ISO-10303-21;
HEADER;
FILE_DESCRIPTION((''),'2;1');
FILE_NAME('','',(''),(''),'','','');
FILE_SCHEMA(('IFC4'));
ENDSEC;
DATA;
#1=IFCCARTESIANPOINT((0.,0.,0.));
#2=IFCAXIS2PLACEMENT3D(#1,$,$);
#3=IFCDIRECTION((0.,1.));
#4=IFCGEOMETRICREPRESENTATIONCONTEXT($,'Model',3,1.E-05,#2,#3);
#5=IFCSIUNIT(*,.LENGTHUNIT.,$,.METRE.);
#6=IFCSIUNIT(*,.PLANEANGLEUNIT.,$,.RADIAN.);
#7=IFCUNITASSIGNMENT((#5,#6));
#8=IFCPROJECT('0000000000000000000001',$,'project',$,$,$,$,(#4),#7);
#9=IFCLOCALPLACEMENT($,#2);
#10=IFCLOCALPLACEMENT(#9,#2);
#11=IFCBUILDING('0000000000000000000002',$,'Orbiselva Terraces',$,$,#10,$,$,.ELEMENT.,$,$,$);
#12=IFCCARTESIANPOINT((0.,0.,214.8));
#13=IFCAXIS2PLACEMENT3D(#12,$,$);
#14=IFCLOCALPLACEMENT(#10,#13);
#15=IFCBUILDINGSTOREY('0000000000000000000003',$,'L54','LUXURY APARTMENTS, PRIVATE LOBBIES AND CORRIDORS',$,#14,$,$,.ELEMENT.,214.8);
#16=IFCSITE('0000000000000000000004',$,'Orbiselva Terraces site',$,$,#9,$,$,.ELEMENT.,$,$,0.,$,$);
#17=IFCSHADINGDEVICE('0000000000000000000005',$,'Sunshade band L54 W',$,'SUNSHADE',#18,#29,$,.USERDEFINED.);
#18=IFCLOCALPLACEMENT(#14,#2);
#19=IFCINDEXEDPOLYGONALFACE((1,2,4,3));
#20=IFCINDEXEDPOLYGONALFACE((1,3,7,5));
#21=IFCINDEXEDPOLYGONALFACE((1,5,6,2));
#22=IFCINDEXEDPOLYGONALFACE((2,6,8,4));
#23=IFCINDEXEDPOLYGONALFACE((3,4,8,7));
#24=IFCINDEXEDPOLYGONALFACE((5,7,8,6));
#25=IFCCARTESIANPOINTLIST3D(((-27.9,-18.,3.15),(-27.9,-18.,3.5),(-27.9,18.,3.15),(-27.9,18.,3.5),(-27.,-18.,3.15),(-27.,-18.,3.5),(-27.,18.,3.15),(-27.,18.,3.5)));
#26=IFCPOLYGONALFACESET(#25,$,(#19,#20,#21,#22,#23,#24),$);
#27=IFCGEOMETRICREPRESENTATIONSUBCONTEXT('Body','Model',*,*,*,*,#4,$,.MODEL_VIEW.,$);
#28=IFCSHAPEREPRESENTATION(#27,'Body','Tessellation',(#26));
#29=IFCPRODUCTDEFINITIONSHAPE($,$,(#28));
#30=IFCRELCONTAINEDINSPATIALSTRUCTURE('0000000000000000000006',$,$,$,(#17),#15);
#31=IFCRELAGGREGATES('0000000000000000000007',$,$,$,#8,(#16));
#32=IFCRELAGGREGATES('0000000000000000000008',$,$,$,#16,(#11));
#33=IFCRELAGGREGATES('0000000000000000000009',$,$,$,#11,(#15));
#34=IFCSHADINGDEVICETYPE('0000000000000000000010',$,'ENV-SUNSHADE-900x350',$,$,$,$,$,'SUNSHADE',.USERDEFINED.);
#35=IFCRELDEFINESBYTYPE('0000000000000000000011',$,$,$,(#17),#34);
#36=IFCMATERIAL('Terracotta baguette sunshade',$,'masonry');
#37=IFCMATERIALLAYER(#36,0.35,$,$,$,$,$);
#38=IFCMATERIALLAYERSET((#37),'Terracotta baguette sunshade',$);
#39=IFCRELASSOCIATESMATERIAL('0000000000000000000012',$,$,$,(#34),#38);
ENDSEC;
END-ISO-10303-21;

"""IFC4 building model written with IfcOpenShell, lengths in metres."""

from ifc_helpers import new_model, si_unit, direction, frame, origin, place, context, subcontext, project, spatial, polyline, outline, extrude, material, layer, layer_set, type_object, element, save


model = new_model("IFC4")

# Units and contexts
model_context = context("Model", 3, precision=1e-05, world=origin(), true_north=direction((0.0, 1.0)))
body_context = subcontext(model_context, "Body", "Model", "MODEL_VIEW")
ifc_project = project(units=[si_unit("LENGTHUNIT", "METRE"), si_unit("PLANEANGLEUNIT", "RADIAN")], contexts=[model_context])

# Site, building, storey
site_placement = place(None, origin())
site = spatial("IfcSite", under=ifc_project, at=site_placement, Name="Orbiselva Terraces site", CompositionType="ELEMENT", RefElevation=0.0)
building_placement = place(site_placement, origin())
building = spatial("IfcBuilding", under=site, at=building_placement, Name="Orbiselva Terraces", CompositionType="ELEMENT")
storey_placement = place(building_placement, frame((0.0, 0.0, 214.8)))
storey = spatial("IfcBuildingStorey", under=building, at=storey_placement, Name="L54", Description="LUXURY APARTMENTS, PRIVATE LOBBIES AND CORRIDORS", CompositionType="ELEMENT", Elevation=214.8)

# Shading device
ifc_material_1 = material(Name="Terracotta baguette sunshade", Category="masonry")
ifc_layer_1 = layer(ifc_material_1, 0.35)
ifc_layer_set_1 = layer_set([ifc_layer_1], Name="Terracotta baguette sunshade")
shading_device_type_1 = type_object("IfcShadingDeviceType", Name="ENV-SUNSHADE-900x350", ElementType="SUNSHADE", PredefinedType="USERDEFINED", material=ifc_layer_set_1)
shading_device_1_placement = place(storey_placement, frame((0.0, 0.0, 3.15)))
element("IfcShadingDevice", 1, at=shading_device_1_placement, inside=storey, type_object=shading_device_type_1, Name="Sunshade band L54 W", ObjectType="SUNSHADE", PredefinedType="USERDEFINED", context=body_context, shape_type="SweptSolid", body=[
    extrude(outline(polyline([(-27.9, 18.0), (-27.9, -18.0), (-27.0, -18.0), (-27.0, 18.0), (-27.9, 18.0)])), origin(), (0.0, 0.0, 1.0), 0.35),
])

save(model, "model.ifc")
